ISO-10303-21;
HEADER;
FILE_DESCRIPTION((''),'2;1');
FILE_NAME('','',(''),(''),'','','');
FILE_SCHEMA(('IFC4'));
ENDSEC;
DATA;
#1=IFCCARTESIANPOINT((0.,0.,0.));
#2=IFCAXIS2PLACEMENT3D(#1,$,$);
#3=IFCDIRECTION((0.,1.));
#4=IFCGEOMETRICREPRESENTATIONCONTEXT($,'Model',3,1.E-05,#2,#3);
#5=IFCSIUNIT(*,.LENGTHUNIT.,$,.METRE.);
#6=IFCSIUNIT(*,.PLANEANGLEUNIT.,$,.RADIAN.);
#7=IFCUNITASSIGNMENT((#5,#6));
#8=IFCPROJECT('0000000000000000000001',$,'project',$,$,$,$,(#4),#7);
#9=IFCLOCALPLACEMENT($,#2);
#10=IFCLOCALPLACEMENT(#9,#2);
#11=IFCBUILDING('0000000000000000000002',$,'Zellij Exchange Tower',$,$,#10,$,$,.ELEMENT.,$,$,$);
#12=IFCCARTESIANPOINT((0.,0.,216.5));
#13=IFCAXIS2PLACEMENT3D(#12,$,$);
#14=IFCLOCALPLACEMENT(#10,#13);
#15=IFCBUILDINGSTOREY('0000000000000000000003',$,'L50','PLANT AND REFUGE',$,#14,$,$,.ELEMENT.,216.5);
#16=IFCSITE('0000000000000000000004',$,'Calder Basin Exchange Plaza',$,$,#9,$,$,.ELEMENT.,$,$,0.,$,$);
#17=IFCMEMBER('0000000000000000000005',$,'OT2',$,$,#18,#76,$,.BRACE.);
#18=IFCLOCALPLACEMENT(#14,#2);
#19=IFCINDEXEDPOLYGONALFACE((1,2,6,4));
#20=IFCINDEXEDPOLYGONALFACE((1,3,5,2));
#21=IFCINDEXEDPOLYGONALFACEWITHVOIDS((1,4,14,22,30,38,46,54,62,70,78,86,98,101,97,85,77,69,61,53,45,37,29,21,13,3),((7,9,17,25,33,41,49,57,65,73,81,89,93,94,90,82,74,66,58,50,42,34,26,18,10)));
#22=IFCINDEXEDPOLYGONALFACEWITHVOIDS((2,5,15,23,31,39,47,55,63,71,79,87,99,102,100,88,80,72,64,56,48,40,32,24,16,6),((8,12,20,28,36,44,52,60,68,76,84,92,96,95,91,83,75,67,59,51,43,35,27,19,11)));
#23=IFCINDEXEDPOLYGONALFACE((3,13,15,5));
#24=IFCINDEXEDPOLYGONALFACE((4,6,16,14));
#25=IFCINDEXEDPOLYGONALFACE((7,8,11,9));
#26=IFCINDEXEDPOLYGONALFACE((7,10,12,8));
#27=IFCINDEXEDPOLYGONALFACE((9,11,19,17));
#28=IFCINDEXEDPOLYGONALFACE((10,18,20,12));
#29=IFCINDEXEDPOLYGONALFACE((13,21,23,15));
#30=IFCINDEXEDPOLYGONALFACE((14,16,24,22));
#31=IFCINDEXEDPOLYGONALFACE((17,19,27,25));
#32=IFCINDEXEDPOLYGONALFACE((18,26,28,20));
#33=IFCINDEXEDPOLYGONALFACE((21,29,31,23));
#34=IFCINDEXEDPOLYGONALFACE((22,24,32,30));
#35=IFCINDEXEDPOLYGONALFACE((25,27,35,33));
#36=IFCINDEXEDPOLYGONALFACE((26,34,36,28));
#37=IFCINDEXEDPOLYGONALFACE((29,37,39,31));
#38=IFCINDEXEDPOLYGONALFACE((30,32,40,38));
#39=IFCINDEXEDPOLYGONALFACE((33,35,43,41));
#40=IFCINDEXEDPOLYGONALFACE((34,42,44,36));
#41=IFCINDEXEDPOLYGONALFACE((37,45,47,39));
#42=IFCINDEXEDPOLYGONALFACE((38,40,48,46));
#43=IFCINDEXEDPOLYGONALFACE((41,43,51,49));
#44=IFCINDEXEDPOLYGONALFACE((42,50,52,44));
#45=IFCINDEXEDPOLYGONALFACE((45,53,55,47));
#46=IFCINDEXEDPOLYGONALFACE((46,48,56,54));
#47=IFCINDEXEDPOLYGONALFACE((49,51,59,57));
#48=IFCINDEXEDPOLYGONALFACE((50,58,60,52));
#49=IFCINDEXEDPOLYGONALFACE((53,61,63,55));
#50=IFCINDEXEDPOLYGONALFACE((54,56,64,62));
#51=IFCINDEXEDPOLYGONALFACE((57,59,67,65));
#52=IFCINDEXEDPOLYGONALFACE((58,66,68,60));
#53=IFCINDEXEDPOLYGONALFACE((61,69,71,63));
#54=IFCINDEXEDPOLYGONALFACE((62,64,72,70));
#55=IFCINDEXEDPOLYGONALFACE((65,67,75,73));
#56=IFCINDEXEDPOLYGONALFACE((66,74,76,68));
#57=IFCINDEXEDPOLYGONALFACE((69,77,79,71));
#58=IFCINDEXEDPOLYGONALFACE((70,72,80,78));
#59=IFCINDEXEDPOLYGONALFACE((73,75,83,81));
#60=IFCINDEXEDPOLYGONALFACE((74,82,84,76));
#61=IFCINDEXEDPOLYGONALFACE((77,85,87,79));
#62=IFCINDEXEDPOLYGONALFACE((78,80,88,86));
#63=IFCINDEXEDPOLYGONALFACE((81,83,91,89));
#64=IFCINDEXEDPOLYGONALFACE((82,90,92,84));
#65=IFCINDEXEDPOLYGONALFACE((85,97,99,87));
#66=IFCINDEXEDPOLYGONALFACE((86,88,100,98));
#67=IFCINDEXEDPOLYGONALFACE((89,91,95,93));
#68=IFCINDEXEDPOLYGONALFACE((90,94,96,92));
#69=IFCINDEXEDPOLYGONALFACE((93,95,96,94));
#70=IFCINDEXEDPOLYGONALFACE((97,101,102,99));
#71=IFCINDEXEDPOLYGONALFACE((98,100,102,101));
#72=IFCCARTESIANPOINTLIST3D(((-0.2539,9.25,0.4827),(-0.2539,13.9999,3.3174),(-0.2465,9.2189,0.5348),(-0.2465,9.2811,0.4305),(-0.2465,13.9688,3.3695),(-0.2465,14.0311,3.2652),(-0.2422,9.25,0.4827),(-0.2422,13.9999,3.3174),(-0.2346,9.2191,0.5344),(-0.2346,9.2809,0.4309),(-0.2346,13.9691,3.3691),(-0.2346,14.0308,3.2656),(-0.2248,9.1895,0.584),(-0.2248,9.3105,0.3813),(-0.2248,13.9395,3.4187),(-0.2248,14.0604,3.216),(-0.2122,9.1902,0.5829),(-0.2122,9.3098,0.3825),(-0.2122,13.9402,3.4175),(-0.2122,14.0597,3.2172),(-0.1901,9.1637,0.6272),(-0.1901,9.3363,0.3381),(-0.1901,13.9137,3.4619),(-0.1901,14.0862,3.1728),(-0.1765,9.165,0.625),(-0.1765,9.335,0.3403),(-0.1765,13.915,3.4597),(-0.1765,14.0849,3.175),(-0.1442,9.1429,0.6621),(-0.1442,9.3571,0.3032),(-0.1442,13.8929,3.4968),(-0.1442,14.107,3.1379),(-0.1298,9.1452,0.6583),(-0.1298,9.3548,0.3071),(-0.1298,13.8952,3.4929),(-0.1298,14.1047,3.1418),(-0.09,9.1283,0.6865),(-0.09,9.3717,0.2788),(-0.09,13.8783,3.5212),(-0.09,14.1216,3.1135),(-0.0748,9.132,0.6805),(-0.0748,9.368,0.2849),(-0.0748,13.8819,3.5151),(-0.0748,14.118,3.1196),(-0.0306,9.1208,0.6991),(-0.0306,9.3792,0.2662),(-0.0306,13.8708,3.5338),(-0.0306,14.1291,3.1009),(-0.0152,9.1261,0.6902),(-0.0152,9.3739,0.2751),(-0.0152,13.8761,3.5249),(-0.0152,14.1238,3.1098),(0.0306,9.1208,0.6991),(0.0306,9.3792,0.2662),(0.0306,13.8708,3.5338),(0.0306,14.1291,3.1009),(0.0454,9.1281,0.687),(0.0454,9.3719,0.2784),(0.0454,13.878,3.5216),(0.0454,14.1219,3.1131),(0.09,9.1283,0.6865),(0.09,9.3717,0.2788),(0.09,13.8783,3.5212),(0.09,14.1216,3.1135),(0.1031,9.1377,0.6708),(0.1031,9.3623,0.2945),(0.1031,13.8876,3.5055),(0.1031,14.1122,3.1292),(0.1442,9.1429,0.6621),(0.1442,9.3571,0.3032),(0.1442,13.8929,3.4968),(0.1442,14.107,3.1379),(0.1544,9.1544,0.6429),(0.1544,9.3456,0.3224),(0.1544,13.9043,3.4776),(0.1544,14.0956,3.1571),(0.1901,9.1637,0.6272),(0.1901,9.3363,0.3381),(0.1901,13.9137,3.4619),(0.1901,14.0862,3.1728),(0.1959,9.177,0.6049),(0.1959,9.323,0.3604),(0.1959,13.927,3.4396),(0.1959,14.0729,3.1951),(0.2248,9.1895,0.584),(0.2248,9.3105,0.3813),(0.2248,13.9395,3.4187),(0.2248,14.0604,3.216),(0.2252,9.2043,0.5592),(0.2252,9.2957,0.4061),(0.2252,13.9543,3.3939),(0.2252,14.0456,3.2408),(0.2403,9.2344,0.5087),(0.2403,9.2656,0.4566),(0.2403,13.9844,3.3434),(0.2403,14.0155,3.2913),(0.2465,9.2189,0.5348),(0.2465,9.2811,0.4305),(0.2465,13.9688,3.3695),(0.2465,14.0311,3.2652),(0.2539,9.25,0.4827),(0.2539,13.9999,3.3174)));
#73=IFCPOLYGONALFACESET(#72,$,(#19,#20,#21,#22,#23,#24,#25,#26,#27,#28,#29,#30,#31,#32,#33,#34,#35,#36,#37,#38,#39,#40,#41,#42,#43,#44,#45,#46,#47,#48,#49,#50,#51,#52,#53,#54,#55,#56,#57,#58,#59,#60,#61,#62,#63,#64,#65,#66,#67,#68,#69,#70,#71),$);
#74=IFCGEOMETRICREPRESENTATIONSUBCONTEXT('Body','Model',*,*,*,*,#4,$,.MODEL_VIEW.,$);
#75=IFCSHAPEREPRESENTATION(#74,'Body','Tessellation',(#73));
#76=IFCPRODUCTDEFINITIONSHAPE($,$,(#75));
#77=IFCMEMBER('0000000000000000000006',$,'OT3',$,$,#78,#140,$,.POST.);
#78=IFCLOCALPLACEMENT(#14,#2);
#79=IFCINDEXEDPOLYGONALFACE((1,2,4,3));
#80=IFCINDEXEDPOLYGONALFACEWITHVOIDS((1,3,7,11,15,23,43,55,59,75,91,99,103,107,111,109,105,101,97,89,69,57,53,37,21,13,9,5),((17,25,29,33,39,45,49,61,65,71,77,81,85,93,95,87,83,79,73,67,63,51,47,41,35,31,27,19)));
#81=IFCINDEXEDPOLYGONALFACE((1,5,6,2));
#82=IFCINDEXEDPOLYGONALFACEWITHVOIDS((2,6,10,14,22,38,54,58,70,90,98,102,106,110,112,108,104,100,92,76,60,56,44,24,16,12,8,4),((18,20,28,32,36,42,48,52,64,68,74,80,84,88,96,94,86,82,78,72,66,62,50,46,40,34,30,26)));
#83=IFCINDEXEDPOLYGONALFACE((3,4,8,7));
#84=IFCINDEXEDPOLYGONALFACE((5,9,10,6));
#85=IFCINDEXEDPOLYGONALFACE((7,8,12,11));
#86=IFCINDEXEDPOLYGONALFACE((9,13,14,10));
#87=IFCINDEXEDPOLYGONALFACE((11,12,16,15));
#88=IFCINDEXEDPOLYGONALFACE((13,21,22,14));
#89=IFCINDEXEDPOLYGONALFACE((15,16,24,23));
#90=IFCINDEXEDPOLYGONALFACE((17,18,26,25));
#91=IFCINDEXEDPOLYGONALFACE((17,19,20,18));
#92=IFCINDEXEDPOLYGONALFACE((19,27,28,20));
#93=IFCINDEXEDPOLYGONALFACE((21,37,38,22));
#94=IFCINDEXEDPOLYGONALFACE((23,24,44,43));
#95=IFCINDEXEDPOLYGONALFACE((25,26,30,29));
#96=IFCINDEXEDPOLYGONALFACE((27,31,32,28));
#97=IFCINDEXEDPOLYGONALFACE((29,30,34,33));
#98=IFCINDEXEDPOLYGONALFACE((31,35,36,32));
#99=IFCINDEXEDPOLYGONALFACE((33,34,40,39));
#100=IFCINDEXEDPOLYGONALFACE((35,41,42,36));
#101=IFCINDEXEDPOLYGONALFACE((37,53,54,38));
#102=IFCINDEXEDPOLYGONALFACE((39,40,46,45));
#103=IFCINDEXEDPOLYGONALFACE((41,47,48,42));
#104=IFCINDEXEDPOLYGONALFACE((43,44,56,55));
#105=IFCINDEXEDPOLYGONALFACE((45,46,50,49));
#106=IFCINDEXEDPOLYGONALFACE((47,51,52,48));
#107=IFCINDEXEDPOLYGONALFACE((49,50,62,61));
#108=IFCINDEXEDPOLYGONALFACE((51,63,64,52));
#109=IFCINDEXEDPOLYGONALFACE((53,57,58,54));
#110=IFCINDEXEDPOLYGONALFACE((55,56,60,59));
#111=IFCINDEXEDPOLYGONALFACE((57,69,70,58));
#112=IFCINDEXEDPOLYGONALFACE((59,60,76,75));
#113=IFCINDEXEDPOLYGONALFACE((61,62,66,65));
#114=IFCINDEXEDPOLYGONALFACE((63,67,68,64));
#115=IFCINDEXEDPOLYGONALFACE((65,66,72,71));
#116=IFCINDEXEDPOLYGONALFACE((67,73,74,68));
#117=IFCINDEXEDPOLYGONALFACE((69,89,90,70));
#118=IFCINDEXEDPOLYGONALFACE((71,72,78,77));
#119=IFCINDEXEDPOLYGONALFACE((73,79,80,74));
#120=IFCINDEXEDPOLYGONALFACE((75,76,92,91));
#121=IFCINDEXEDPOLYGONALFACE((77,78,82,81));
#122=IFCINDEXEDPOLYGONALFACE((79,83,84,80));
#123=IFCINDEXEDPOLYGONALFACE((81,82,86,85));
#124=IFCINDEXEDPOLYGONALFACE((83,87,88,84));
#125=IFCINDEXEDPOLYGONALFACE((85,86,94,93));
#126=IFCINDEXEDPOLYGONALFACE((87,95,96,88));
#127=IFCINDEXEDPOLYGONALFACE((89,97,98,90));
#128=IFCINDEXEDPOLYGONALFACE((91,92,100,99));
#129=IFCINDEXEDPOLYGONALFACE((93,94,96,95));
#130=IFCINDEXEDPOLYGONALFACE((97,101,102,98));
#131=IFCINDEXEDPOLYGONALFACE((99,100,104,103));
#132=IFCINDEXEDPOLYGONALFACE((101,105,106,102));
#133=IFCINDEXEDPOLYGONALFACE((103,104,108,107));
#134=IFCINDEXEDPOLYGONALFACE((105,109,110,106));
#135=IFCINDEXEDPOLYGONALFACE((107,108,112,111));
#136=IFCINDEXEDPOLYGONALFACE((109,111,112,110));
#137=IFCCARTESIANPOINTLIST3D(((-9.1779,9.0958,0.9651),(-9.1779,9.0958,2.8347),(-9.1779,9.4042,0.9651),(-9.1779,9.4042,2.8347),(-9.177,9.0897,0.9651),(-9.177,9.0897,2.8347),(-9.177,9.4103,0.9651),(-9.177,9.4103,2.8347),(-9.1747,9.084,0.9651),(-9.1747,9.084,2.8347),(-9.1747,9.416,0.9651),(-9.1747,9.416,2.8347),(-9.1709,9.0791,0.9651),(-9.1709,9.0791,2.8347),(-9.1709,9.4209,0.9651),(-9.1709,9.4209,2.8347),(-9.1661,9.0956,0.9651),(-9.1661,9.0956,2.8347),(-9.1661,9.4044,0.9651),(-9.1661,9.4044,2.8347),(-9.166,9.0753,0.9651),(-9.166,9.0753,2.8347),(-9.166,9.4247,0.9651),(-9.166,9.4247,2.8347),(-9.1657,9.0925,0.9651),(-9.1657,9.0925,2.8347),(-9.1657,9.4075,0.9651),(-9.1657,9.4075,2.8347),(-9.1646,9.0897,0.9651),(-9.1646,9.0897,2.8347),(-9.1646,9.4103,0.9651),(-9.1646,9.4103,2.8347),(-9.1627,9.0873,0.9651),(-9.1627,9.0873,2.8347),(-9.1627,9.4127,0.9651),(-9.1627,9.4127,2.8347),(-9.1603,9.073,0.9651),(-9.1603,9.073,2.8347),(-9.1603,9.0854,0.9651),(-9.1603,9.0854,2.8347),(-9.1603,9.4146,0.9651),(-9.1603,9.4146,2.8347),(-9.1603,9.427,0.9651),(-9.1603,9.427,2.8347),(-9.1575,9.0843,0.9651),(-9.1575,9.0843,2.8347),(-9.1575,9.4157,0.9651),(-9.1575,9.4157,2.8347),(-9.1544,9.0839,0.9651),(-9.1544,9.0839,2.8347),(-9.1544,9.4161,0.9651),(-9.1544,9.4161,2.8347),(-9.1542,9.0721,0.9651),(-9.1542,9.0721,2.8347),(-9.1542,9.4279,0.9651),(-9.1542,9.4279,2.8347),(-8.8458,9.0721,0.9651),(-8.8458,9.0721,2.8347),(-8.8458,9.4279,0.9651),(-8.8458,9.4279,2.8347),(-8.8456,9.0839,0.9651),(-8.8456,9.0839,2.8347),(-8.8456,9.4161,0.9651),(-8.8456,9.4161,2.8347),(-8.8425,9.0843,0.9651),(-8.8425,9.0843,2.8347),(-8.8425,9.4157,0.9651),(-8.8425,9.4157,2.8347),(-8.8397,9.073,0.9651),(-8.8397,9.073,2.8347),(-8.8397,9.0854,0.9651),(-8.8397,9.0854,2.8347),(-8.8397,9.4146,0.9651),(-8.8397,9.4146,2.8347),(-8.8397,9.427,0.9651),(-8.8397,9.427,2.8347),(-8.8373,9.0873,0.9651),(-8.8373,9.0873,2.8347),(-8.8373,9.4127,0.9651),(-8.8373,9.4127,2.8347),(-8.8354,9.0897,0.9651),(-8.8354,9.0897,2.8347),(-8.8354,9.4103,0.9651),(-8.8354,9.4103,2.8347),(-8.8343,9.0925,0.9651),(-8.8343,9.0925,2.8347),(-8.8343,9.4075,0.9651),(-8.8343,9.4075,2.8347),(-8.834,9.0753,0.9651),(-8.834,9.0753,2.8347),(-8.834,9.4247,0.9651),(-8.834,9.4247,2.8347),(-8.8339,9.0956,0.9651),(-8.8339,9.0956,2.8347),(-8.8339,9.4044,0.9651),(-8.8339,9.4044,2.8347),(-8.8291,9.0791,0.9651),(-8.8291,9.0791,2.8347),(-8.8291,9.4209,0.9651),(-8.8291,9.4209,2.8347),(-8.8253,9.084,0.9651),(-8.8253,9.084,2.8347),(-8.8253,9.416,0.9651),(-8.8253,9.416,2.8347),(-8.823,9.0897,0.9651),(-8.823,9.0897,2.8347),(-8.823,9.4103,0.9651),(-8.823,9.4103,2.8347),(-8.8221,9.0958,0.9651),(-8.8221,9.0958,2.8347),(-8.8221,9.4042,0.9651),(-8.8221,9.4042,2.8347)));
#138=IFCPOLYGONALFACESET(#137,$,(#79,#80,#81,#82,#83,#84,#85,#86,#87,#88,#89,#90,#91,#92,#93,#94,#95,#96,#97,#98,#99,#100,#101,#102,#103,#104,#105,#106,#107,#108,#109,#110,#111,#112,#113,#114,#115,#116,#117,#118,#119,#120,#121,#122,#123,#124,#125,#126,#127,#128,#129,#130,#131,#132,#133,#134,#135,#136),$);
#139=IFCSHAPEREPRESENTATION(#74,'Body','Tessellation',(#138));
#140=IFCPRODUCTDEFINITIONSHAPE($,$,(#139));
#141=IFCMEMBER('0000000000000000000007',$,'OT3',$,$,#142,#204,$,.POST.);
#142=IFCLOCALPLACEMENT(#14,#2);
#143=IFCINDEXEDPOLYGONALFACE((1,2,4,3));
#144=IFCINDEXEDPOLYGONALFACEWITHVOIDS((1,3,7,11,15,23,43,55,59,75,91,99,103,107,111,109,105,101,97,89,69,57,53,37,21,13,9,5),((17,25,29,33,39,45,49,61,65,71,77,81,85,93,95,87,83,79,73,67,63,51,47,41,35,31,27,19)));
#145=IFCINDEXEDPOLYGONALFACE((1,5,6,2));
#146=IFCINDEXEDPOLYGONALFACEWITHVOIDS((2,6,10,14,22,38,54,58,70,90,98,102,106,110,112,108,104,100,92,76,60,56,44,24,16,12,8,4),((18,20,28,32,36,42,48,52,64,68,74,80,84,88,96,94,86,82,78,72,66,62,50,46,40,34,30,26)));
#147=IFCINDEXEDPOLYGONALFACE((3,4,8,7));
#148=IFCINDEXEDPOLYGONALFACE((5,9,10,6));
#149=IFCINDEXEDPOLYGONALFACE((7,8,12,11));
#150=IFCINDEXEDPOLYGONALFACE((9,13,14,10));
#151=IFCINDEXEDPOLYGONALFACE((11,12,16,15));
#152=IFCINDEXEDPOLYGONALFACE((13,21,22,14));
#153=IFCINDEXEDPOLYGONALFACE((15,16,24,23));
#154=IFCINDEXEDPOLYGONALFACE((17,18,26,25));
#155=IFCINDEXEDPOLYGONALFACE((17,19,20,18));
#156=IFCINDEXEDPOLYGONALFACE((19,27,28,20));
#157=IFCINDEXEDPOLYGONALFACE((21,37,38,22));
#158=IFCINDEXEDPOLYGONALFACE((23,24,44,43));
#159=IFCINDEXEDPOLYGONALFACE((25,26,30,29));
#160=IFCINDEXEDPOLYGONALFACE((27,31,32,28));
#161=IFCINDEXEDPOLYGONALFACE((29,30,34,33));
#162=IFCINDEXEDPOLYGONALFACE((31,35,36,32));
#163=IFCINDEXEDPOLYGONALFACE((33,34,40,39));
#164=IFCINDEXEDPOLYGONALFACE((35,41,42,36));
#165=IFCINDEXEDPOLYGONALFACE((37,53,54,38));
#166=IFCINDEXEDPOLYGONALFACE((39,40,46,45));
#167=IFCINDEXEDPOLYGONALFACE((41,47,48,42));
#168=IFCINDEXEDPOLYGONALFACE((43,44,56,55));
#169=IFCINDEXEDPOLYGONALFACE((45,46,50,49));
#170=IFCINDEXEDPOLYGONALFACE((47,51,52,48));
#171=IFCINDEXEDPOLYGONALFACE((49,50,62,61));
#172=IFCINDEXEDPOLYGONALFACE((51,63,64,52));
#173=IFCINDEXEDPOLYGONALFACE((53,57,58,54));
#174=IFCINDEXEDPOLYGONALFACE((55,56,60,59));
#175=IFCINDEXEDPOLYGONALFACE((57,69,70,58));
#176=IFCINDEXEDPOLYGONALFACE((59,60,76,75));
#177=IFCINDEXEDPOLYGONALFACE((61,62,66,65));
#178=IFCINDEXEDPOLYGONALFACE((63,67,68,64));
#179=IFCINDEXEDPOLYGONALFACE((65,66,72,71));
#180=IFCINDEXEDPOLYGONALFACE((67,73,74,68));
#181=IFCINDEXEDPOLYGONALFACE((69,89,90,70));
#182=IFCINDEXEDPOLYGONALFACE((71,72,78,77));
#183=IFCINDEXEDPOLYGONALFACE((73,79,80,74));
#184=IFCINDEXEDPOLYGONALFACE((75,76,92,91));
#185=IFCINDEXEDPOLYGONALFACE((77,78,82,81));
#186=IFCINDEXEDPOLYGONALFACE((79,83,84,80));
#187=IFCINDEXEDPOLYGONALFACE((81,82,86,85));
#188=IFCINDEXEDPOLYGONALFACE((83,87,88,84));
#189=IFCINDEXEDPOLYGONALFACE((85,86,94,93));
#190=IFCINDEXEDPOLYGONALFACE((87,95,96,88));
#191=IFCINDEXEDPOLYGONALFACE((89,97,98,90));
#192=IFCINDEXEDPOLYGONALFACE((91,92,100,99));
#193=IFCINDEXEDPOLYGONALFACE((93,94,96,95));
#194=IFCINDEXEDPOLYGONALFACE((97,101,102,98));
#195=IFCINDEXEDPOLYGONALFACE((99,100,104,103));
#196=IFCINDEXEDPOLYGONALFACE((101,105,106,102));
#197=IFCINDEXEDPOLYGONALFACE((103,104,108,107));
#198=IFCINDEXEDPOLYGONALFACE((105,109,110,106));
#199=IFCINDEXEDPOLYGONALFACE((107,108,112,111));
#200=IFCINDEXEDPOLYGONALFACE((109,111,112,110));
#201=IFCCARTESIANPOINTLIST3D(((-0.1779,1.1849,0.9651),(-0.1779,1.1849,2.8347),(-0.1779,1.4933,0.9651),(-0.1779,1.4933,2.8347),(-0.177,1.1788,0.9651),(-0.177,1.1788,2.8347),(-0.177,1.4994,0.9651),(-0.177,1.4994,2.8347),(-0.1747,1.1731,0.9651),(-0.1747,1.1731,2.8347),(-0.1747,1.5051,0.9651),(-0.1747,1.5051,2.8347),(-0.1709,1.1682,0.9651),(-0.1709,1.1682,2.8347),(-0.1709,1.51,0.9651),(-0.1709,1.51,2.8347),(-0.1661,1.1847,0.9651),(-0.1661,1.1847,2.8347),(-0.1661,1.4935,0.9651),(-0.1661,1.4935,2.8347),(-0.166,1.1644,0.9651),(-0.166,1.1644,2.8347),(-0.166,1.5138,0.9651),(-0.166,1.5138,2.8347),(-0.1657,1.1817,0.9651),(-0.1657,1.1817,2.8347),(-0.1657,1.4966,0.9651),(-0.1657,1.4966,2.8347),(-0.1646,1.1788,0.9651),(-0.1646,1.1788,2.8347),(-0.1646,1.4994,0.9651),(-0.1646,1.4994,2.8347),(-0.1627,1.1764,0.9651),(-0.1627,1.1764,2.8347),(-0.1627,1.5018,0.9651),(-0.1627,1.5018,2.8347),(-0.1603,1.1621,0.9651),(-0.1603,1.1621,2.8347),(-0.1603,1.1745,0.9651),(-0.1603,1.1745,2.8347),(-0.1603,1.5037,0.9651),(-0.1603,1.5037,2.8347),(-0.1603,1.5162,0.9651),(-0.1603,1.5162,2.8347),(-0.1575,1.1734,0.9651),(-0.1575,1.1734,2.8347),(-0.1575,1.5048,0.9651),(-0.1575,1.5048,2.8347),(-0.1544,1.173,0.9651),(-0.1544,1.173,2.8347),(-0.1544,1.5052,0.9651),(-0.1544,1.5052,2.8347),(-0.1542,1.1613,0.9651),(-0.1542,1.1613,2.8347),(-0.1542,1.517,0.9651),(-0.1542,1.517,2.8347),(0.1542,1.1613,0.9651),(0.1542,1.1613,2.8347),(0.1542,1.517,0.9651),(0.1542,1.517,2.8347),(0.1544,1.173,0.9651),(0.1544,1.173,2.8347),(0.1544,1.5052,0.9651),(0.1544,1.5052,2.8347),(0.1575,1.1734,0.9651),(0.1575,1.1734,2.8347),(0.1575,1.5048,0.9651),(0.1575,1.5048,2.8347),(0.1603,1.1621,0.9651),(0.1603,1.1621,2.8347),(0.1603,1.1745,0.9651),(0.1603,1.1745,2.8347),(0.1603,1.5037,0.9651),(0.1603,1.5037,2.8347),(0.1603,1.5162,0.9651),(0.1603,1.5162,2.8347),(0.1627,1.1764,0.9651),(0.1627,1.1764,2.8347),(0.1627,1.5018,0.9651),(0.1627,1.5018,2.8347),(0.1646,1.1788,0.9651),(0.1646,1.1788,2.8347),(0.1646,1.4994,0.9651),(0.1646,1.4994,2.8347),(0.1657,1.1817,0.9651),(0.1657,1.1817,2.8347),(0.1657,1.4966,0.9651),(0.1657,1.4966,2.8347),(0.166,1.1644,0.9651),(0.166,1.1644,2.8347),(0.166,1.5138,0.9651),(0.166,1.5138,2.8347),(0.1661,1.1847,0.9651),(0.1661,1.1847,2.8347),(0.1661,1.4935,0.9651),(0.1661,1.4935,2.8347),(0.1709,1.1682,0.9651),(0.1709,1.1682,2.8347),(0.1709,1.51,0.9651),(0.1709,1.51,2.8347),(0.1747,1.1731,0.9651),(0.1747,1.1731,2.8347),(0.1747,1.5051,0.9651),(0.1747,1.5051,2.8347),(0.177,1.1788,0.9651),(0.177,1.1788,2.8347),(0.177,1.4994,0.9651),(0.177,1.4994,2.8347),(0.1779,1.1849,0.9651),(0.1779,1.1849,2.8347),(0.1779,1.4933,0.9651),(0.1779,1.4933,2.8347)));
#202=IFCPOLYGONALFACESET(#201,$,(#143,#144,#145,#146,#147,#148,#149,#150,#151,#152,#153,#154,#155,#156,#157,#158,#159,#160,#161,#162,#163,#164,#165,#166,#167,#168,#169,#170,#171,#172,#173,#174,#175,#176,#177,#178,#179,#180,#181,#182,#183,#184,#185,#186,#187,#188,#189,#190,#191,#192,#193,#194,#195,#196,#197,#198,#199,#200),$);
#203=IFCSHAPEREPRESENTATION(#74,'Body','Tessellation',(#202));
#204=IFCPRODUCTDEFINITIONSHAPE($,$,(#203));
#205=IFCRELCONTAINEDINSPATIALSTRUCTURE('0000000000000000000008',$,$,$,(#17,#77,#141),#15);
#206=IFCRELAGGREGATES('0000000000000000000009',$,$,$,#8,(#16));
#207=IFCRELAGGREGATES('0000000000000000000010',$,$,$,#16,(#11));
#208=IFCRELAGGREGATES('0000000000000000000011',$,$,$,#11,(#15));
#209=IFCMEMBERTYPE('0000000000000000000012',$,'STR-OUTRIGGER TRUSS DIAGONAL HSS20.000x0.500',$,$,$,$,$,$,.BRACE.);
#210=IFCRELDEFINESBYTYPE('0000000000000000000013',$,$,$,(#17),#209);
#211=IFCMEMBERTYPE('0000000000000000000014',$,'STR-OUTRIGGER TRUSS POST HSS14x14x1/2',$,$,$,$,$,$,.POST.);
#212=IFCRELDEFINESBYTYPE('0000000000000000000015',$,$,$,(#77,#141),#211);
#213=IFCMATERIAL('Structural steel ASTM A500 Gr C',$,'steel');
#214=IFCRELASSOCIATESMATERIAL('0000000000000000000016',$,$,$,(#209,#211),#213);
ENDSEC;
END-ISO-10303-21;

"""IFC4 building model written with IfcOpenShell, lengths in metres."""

from ifc_helpers import new_model, si_unit, direction, frame, origin, origin_2d, place, context, subcontext, project, spatial, hollow_rectangle, hollow_circle, extrude, material, material_profile, profile_set, type_object, element, save


model = new_model("IFC4")

# Units and contexts
model_context = context("Model", 3, precision=1e-05, world=origin(), true_north=direction((0.0, 1.0)))
body_context = subcontext(model_context, "Body", "Model", "MODEL_VIEW")
ifc_project = project(units=[si_unit("LENGTHUNIT", "METRE"), si_unit("PLANEANGLEUNIT", "RADIAN")], contexts=[model_context])

# Site, building, storey
site_placement = place(None, origin())
site = spatial("IfcSite", under=ifc_project, at=site_placement, Name="Calder Basin Exchange Plaza", CompositionType="ELEMENT", RefElevation=0.0)
building_placement = place(site_placement, origin())
building = spatial("IfcBuilding", under=site, at=building_placement, Name="Zellij Exchange Tower", CompositionType="ELEMENT")
storey_placement = place(building_placement, frame((0.0, 0.0, 216.5)))
storey = spatial("IfcBuildingStorey", under=building, at=storey_placement, Name="L50", Description="PLANT AND REFUGE", CompositionType="ELEMENT", Elevation=216.5)

# Members
ifc_material_1 = material(Name="Structural steel ASTM A500 Gr C", Category="steel")
ifc_material_profile_1 = material_profile(ifc_material_1, hollow_circle(Radius=0.2539, WallThickness=0.0117, at=origin_2d()), Name="STR-OUTRIGGER TRUSS DIAGONAL HSS20.000x0.500")
ifc_profile_set_1 = profile_set([ifc_material_profile_1], Name="Structural steel ASTM A500 Gr C")
member_type_1 = type_object("IfcMemberType", Name="STR-OUTRIGGER TRUSS DIAGONAL HSS20.000x0.500", PredefinedType="BRACE", material=ifc_profile_set_1)
for number, where, z_axis, x_axis, name in (
    (1, (0.0, 9.25, 0.4827), (0.0, 0.858709, 0.512463), (-1.0, 0.0, 0.0), "OT2"),
):
    element("IfcMember", number, at=place(storey_placement, frame(where, z_axis=z_axis, x_axis=x_axis)), inside=storey, type_object=member_type_1, Name=name, PredefinedType="BRACE", context=body_context, shape_type="SweptSolid", body=[
        extrude(hollow_circle(Radius=0.2539, WallThickness=0.0117, at=origin_2d()), origin(), (0.0, 0.0, 1.0), 5.5315),
    ])
ifc_material_profile_2 = material_profile(ifc_material_1, hollow_rectangle(XDim=0.3557, YDim=0.3557, WallThickness=0.0117, InnerFilletRadius=0.0117, OuterFilletRadius=0.0237, at=origin_2d()), Name="STR-OUTRIGGER TRUSS POST HSS14x14x1/2")
ifc_profile_set_2 = profile_set([ifc_material_profile_2], Name="Structural steel ASTM A500 Gr C")
member_type_2 = type_object("IfcMemberType", Name="STR-OUTRIGGER TRUSS POST HSS14x14x1/2", PredefinedType="POST", material=ifc_profile_set_2)
for number, where, z_axis, x_axis, name in (
    (2, (-9.0, 9.25, 0.9651), (0.0, 0.0, 1.0), (1.0, 0.0, 0.0), "OT3"),
    (3, (0.0, 1.3391, 0.9651), (0.0, 0.0, 1.0), (1.0, 0.0, 0.0), "OT3"),
):
    element("IfcMember", number, at=place(storey_placement, frame(where, z_axis=z_axis, x_axis=x_axis)), inside=storey, type_object=member_type_2, Name=name, PredefinedType="POST", context=body_context, shape_type="SweptSolid", body=[
        extrude(hollow_rectangle(XDim=0.3557, YDim=0.3557, WallThickness=0.0117, InnerFilletRadius=0.0117, OuterFilletRadius=0.0237, at=origin_2d()), origin(), (0.0, 0.0, 1.0), 1.8696),
    ])

save(model, "model.ifc")
